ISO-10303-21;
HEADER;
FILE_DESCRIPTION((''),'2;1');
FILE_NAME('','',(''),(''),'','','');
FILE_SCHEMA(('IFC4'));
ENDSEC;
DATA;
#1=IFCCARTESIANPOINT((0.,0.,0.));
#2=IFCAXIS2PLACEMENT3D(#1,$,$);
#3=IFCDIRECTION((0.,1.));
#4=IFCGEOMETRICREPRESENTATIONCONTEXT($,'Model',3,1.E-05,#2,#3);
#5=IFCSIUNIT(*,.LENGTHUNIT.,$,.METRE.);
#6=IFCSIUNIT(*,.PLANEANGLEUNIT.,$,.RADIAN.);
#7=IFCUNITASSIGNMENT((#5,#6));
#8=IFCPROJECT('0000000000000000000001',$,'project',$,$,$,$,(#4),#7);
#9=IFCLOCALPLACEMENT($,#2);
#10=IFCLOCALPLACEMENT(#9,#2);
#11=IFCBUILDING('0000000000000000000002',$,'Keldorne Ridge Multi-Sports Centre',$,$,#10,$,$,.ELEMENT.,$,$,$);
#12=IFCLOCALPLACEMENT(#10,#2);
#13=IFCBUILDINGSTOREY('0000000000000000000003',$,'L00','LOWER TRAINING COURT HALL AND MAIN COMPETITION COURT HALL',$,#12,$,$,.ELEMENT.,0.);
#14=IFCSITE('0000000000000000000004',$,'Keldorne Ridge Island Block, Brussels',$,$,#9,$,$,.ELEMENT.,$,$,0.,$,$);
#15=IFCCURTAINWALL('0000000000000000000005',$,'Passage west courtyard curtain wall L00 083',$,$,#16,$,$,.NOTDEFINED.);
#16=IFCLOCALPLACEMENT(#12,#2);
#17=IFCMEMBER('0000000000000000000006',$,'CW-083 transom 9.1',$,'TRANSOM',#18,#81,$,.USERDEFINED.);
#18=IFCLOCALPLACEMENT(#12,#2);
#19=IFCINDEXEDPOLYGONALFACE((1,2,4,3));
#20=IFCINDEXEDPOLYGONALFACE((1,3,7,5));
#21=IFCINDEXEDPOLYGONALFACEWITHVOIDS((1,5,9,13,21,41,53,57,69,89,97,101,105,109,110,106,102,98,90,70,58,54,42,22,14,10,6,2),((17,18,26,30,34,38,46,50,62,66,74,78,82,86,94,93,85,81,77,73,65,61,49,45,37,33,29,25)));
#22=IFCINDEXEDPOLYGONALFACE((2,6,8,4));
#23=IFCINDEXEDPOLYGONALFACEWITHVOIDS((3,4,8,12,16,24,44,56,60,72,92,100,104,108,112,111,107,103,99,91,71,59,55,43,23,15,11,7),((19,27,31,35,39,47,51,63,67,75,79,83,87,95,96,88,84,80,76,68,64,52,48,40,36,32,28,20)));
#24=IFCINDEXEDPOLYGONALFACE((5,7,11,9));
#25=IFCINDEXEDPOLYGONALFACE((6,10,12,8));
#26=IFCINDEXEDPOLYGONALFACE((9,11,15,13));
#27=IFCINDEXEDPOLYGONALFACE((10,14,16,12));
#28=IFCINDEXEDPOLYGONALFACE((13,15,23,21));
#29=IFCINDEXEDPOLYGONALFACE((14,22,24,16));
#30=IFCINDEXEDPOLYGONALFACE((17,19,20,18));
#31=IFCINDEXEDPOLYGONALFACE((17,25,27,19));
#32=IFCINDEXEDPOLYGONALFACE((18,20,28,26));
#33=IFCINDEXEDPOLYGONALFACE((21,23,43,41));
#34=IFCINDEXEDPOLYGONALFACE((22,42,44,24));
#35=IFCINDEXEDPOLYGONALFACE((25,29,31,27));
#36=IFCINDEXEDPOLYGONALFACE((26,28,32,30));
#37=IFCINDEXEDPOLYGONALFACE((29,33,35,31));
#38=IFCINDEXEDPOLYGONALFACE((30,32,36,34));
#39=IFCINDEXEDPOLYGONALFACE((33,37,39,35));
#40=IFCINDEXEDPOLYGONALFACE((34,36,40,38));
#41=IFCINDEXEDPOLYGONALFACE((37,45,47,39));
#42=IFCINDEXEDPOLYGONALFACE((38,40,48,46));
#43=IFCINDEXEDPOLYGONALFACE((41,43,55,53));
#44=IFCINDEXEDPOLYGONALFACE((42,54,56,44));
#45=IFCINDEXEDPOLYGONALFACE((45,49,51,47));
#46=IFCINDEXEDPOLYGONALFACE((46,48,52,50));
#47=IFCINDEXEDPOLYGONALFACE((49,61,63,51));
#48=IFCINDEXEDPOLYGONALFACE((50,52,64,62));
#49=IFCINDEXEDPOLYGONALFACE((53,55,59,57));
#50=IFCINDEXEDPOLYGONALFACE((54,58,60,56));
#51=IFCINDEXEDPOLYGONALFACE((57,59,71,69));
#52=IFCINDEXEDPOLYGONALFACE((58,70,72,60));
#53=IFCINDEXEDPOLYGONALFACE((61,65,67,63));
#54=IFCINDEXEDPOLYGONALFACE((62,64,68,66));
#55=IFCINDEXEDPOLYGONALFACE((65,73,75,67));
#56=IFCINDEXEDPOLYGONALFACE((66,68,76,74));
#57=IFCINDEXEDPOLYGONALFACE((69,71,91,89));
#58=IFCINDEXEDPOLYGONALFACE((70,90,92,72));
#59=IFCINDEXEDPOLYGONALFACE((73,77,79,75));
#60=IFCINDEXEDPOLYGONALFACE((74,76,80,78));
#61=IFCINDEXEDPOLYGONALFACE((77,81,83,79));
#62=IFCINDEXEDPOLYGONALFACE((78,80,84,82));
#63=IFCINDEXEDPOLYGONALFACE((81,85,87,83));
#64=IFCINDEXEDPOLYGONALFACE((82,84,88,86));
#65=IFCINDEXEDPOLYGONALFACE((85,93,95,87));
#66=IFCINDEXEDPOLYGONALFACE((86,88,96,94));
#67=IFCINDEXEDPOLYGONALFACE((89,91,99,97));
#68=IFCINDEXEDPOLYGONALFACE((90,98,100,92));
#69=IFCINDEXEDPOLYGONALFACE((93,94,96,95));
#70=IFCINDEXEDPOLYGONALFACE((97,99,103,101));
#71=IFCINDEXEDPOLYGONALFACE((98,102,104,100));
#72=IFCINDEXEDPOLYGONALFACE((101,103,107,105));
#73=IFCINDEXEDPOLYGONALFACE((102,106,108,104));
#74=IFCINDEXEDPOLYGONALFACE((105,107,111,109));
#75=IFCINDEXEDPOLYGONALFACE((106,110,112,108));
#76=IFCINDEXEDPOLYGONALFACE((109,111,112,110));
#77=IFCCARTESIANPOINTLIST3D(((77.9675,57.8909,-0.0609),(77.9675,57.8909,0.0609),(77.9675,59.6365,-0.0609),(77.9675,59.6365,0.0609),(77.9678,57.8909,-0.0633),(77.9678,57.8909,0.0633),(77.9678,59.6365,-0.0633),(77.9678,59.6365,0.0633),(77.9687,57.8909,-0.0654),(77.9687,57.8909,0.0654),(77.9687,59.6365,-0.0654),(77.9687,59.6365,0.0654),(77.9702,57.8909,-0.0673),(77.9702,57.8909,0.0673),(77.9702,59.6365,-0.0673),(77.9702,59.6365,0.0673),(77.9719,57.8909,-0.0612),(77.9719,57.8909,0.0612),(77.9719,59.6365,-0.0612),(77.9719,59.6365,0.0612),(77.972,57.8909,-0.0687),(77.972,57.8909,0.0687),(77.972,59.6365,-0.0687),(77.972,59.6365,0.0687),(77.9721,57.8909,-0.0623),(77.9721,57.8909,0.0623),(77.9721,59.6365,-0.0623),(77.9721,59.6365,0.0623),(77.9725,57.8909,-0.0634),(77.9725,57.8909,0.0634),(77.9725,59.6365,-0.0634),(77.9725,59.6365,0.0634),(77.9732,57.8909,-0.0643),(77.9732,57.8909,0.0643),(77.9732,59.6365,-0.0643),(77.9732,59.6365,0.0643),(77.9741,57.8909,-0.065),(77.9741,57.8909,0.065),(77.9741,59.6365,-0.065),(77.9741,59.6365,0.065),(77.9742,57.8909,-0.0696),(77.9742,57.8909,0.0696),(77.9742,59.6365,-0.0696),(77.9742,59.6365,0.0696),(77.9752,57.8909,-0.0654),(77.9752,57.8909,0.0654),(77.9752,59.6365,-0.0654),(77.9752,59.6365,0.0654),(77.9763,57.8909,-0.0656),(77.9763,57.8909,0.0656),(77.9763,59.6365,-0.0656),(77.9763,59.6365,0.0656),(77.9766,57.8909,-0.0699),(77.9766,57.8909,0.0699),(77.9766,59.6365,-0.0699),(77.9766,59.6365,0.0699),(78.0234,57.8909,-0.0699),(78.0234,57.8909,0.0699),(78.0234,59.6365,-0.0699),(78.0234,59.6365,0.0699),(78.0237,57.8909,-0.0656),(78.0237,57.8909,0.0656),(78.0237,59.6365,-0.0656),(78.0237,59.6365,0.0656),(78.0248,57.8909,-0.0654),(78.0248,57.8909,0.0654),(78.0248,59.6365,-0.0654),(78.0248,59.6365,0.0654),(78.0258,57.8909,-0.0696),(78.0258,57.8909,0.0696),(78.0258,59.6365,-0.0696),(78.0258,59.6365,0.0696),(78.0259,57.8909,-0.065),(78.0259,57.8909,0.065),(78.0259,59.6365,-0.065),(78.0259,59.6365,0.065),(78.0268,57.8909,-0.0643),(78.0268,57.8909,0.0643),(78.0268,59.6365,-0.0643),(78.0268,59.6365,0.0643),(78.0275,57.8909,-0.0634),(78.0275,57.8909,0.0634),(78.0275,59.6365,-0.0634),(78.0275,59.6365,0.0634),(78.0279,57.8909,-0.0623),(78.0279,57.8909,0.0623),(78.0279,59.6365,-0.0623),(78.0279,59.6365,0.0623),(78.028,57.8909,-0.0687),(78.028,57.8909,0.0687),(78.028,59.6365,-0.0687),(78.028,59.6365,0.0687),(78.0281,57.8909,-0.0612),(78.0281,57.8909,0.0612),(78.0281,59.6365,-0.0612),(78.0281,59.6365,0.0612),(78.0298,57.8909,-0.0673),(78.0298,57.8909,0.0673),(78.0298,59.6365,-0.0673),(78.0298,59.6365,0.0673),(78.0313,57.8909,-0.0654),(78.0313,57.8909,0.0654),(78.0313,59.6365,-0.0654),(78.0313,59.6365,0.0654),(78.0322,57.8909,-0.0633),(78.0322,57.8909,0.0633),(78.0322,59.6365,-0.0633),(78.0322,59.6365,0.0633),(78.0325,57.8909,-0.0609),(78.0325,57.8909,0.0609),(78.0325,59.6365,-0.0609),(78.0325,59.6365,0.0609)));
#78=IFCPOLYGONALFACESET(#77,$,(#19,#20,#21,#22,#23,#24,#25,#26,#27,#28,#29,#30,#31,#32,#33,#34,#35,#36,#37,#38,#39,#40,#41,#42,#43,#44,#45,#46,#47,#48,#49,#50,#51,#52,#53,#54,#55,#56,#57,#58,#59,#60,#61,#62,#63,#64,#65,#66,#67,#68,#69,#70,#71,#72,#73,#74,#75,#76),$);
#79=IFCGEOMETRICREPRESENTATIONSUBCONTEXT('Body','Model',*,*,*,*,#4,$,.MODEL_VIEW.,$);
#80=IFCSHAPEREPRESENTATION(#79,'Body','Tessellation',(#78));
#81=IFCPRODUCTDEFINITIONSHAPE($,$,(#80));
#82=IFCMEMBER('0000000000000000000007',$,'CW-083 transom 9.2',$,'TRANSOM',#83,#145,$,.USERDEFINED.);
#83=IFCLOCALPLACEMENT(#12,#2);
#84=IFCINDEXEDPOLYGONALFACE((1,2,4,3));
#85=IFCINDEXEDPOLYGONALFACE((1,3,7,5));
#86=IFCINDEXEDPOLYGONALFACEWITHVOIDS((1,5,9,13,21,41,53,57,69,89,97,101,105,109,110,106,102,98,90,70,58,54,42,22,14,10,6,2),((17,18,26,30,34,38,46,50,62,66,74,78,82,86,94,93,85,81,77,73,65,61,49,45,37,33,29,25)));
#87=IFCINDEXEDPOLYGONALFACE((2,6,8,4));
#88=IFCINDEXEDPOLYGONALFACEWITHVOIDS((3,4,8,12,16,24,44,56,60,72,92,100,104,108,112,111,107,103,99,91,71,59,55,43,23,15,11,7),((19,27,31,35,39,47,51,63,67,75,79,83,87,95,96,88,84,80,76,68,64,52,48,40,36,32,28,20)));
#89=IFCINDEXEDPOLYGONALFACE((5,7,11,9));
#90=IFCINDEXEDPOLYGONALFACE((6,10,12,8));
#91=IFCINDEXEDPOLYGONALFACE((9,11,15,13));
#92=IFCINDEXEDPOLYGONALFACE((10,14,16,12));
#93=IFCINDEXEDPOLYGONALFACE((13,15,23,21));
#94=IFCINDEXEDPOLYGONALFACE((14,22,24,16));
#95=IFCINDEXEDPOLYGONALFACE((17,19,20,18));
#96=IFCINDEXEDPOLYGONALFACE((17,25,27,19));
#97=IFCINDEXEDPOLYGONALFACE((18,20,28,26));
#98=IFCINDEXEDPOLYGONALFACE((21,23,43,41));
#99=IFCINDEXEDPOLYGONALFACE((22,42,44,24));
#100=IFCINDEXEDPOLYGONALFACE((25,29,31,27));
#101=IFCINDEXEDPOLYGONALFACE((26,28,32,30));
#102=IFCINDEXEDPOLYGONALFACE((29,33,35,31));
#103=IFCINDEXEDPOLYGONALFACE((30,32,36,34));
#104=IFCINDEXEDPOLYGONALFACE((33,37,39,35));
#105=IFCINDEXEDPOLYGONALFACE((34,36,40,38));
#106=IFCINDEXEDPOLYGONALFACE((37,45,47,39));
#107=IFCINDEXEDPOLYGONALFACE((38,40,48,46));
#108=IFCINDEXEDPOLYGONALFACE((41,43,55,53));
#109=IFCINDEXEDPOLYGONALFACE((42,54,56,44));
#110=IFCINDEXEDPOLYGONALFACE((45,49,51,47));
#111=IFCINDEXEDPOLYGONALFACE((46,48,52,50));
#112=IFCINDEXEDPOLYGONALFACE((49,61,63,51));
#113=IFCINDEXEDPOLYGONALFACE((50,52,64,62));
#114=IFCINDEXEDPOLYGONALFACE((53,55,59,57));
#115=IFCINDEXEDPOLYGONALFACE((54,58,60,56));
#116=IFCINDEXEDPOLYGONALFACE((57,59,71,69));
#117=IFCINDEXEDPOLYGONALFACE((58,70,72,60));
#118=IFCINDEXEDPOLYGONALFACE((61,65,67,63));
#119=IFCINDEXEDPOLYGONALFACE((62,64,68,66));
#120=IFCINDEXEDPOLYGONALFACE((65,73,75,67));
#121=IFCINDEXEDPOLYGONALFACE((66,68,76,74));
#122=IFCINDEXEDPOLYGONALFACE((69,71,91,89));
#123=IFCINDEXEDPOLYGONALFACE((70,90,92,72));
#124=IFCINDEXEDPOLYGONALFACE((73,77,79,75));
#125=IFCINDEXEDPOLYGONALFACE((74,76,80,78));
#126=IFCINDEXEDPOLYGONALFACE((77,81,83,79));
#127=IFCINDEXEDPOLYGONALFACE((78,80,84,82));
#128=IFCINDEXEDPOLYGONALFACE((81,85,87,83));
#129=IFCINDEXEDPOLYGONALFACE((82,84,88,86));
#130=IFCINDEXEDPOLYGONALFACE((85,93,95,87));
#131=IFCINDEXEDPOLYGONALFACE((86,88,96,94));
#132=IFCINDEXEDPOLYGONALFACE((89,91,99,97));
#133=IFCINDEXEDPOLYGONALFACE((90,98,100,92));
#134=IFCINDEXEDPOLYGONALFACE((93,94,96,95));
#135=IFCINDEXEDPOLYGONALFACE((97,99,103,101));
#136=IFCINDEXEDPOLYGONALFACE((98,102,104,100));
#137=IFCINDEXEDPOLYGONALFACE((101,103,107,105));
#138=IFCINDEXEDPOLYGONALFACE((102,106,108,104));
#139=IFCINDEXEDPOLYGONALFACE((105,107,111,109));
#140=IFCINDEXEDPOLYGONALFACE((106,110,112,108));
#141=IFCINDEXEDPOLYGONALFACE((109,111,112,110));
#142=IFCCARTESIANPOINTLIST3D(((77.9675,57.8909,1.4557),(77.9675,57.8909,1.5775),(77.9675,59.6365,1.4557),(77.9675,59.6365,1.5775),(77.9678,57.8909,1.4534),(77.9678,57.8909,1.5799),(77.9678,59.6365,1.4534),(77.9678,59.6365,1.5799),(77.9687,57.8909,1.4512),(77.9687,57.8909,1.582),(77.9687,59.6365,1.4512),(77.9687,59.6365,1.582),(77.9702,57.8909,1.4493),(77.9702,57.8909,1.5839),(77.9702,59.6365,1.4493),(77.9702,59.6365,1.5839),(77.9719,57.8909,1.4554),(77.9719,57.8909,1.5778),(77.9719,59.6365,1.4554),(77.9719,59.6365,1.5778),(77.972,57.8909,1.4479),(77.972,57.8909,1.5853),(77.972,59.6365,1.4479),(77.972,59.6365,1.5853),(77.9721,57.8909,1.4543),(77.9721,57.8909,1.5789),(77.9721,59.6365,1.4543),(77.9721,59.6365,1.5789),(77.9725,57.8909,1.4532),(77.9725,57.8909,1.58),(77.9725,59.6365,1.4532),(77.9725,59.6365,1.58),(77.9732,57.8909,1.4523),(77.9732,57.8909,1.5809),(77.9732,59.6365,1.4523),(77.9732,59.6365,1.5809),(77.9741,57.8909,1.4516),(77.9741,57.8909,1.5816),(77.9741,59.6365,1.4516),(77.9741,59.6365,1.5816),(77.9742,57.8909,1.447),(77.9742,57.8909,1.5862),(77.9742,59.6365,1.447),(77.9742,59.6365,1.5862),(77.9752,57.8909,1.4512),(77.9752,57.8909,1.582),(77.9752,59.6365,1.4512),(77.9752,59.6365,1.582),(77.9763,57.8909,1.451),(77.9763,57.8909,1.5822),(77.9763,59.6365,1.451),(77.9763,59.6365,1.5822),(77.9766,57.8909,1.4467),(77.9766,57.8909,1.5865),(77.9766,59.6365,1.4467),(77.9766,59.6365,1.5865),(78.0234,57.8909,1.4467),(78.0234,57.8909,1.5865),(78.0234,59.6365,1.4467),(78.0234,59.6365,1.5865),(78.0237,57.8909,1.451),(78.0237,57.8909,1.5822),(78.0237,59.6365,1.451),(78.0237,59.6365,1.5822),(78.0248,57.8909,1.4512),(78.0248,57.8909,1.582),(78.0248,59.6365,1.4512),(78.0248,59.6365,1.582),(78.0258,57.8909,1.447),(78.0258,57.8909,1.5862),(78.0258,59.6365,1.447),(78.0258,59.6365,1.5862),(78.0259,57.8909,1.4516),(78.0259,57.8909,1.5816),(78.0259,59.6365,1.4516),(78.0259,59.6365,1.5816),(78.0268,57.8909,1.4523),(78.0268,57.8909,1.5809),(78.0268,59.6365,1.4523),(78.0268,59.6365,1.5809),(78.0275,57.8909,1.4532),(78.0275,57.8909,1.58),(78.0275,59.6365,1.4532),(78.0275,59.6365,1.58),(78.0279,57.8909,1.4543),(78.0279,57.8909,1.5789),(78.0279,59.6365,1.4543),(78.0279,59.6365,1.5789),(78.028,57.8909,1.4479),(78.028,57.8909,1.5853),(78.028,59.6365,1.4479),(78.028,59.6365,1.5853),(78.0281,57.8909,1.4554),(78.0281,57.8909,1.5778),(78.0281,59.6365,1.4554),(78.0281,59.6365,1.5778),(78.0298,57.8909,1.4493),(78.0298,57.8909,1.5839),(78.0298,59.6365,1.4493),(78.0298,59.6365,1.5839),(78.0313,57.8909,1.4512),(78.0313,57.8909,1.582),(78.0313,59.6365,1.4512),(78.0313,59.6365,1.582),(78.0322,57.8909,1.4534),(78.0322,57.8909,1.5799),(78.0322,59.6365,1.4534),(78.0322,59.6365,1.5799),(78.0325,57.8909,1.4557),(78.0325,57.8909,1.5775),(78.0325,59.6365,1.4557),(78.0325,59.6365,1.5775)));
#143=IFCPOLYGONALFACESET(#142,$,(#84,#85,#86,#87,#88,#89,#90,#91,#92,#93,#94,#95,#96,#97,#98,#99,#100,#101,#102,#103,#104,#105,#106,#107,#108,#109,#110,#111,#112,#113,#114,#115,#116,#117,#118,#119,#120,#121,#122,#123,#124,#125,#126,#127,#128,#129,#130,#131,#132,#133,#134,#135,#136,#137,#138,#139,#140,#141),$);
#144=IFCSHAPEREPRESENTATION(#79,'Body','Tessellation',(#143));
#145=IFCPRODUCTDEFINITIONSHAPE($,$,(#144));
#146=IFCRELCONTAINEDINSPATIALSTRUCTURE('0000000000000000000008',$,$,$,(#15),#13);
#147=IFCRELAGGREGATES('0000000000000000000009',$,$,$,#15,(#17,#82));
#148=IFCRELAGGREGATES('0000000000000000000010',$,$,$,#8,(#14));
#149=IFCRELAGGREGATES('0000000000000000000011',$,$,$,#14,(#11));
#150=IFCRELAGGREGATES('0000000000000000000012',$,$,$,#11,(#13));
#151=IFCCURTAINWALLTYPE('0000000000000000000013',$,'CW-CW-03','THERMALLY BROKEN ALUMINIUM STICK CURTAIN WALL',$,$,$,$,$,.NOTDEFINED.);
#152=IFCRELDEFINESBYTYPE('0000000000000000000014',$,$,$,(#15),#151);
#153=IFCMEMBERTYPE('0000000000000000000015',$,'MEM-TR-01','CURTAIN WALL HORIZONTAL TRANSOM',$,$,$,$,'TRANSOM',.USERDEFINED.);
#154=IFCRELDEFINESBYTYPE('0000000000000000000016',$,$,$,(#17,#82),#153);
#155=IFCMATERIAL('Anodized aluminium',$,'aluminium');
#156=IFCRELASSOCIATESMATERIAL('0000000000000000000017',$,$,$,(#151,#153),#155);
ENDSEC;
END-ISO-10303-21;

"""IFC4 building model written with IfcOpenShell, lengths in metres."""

from ifc_helpers import new_model, si_unit, direction, frame, origin, origin_2d, place, context, subcontext, project, spatial, hollow_rectangle, extrude, material, material_profile, profile_set, type_object, element, aggregate, save


model = new_model("IFC4")

# Units and contexts
model_context = context("Model", 3, precision=1e-05, world=origin(), true_north=direction((0.0, 1.0)))
body_context = subcontext(model_context, "Body", "Model", "MODEL_VIEW")
ifc_project = project(units=[si_unit("LENGTHUNIT", "METRE"), si_unit("PLANEANGLEUNIT", "RADIAN")], contexts=[model_context])

# Site, building, storey
site_placement = place(None, origin())
site = spatial("IfcSite", under=ifc_project, at=site_placement, Name="Keldorne Ridge Island Block, Brussels", CompositionType="ELEMENT", RefElevation=0.0)
building_placement = place(site_placement, origin())
building = spatial("IfcBuilding", under=site, at=building_placement, Name="Keldorne Ridge Multi-Sports Centre", CompositionType="ELEMENT")
storey_placement = place(building_placement, origin())
storey = spatial("IfcBuildingStorey", under=building, at=storey_placement, Name="L00", Description="LOWER TRAINING COURT HALL AND MAIN COMPETITION COURT HALL", CompositionType="ELEMENT", Elevation=0.0)

# Curtain wall, members
ifc_material_1 = material(Name="Anodized aluminium", Category="aluminium")
curtain_wall_type = type_object("IfcCurtainWallType", Name="CW-CW-03", Description="THERMALLY BROKEN ALUMINIUM STICK CURTAIN WALL", PredefinedType="NOTDEFINED", material=ifc_material_1)
curtain_wall_placement = place(storey_placement, origin())
curtain_wall = element("IfcCurtainWall", 1, at=curtain_wall_placement, inside=storey, type_object=curtain_wall_type, Name="Passage west courtyard curtain wall L00 083", PredefinedType="NOTDEFINED")
ifc_material_profile_1 = material_profile(ifc_material_1, hollow_rectangle(XDim=0.0649, YDim=0.1399, WallThickness=0.0044, InnerFilletRadius=0.0044, OuterFilletRadius=0.009, at=origin_2d()), Name="ALU TRANSOM 140x65x4.5")
ifc_profile_set_1 = profile_set([ifc_material_profile_1], Name="Anodized aluminium")
member_type_1 = type_object("IfcMemberType", Name="MEM-TR-01", Description="CURTAIN WALL HORIZONTAL TRANSOM", ElementType="TRANSOM", PredefinedType="USERDEFINED", material=ifc_profile_set_1)
member_1_placement = place(storey_placement, frame((78.0, 59.6365, 0.0), z_axis=(0.0, -1.0, 0.0), x_axis=(1.0, 0.0, 0.0)))
member_1 = element("IfcMember", 2, at=member_1_placement, type_object=member_type_1, Name="CW-083 transom 9.1", ObjectType="TRANSOM", PredefinedType="USERDEFINED", context=body_context, shape_type="SweptSolid", body=[
    extrude(hollow_rectangle(XDim=0.0649, YDim=0.1399, WallThickness=0.0044, InnerFilletRadius=0.0044, OuterFilletRadius=0.009, at=origin_2d()), origin(), (0.0, 0.0, 1.0), 1.7456),
])
member_2_placement = place(storey_placement, frame((78.0, 59.6365, 1.5166), z_axis=(0.0, -1.0, 0.0), x_axis=(1.0, 0.0, 0.0)))
member_2 = element("IfcMember", 3, at=member_2_placement, type_object=member_type_1, Name="CW-083 transom 9.2", ObjectType="TRANSOM", PredefinedType="USERDEFINED", context=body_context, shape_type="SweptSolid", body=[
    extrude(hollow_rectangle(XDim=0.0649, YDim=0.1399, WallThickness=0.0044, InnerFilletRadius=0.0044, OuterFilletRadius=0.009, at=origin_2d()), origin(), (0.0, 0.0, 1.0), 1.7456),
])
aggregate(curtain_wall, [member_1, member_2])

save(model, "model.ifc")
